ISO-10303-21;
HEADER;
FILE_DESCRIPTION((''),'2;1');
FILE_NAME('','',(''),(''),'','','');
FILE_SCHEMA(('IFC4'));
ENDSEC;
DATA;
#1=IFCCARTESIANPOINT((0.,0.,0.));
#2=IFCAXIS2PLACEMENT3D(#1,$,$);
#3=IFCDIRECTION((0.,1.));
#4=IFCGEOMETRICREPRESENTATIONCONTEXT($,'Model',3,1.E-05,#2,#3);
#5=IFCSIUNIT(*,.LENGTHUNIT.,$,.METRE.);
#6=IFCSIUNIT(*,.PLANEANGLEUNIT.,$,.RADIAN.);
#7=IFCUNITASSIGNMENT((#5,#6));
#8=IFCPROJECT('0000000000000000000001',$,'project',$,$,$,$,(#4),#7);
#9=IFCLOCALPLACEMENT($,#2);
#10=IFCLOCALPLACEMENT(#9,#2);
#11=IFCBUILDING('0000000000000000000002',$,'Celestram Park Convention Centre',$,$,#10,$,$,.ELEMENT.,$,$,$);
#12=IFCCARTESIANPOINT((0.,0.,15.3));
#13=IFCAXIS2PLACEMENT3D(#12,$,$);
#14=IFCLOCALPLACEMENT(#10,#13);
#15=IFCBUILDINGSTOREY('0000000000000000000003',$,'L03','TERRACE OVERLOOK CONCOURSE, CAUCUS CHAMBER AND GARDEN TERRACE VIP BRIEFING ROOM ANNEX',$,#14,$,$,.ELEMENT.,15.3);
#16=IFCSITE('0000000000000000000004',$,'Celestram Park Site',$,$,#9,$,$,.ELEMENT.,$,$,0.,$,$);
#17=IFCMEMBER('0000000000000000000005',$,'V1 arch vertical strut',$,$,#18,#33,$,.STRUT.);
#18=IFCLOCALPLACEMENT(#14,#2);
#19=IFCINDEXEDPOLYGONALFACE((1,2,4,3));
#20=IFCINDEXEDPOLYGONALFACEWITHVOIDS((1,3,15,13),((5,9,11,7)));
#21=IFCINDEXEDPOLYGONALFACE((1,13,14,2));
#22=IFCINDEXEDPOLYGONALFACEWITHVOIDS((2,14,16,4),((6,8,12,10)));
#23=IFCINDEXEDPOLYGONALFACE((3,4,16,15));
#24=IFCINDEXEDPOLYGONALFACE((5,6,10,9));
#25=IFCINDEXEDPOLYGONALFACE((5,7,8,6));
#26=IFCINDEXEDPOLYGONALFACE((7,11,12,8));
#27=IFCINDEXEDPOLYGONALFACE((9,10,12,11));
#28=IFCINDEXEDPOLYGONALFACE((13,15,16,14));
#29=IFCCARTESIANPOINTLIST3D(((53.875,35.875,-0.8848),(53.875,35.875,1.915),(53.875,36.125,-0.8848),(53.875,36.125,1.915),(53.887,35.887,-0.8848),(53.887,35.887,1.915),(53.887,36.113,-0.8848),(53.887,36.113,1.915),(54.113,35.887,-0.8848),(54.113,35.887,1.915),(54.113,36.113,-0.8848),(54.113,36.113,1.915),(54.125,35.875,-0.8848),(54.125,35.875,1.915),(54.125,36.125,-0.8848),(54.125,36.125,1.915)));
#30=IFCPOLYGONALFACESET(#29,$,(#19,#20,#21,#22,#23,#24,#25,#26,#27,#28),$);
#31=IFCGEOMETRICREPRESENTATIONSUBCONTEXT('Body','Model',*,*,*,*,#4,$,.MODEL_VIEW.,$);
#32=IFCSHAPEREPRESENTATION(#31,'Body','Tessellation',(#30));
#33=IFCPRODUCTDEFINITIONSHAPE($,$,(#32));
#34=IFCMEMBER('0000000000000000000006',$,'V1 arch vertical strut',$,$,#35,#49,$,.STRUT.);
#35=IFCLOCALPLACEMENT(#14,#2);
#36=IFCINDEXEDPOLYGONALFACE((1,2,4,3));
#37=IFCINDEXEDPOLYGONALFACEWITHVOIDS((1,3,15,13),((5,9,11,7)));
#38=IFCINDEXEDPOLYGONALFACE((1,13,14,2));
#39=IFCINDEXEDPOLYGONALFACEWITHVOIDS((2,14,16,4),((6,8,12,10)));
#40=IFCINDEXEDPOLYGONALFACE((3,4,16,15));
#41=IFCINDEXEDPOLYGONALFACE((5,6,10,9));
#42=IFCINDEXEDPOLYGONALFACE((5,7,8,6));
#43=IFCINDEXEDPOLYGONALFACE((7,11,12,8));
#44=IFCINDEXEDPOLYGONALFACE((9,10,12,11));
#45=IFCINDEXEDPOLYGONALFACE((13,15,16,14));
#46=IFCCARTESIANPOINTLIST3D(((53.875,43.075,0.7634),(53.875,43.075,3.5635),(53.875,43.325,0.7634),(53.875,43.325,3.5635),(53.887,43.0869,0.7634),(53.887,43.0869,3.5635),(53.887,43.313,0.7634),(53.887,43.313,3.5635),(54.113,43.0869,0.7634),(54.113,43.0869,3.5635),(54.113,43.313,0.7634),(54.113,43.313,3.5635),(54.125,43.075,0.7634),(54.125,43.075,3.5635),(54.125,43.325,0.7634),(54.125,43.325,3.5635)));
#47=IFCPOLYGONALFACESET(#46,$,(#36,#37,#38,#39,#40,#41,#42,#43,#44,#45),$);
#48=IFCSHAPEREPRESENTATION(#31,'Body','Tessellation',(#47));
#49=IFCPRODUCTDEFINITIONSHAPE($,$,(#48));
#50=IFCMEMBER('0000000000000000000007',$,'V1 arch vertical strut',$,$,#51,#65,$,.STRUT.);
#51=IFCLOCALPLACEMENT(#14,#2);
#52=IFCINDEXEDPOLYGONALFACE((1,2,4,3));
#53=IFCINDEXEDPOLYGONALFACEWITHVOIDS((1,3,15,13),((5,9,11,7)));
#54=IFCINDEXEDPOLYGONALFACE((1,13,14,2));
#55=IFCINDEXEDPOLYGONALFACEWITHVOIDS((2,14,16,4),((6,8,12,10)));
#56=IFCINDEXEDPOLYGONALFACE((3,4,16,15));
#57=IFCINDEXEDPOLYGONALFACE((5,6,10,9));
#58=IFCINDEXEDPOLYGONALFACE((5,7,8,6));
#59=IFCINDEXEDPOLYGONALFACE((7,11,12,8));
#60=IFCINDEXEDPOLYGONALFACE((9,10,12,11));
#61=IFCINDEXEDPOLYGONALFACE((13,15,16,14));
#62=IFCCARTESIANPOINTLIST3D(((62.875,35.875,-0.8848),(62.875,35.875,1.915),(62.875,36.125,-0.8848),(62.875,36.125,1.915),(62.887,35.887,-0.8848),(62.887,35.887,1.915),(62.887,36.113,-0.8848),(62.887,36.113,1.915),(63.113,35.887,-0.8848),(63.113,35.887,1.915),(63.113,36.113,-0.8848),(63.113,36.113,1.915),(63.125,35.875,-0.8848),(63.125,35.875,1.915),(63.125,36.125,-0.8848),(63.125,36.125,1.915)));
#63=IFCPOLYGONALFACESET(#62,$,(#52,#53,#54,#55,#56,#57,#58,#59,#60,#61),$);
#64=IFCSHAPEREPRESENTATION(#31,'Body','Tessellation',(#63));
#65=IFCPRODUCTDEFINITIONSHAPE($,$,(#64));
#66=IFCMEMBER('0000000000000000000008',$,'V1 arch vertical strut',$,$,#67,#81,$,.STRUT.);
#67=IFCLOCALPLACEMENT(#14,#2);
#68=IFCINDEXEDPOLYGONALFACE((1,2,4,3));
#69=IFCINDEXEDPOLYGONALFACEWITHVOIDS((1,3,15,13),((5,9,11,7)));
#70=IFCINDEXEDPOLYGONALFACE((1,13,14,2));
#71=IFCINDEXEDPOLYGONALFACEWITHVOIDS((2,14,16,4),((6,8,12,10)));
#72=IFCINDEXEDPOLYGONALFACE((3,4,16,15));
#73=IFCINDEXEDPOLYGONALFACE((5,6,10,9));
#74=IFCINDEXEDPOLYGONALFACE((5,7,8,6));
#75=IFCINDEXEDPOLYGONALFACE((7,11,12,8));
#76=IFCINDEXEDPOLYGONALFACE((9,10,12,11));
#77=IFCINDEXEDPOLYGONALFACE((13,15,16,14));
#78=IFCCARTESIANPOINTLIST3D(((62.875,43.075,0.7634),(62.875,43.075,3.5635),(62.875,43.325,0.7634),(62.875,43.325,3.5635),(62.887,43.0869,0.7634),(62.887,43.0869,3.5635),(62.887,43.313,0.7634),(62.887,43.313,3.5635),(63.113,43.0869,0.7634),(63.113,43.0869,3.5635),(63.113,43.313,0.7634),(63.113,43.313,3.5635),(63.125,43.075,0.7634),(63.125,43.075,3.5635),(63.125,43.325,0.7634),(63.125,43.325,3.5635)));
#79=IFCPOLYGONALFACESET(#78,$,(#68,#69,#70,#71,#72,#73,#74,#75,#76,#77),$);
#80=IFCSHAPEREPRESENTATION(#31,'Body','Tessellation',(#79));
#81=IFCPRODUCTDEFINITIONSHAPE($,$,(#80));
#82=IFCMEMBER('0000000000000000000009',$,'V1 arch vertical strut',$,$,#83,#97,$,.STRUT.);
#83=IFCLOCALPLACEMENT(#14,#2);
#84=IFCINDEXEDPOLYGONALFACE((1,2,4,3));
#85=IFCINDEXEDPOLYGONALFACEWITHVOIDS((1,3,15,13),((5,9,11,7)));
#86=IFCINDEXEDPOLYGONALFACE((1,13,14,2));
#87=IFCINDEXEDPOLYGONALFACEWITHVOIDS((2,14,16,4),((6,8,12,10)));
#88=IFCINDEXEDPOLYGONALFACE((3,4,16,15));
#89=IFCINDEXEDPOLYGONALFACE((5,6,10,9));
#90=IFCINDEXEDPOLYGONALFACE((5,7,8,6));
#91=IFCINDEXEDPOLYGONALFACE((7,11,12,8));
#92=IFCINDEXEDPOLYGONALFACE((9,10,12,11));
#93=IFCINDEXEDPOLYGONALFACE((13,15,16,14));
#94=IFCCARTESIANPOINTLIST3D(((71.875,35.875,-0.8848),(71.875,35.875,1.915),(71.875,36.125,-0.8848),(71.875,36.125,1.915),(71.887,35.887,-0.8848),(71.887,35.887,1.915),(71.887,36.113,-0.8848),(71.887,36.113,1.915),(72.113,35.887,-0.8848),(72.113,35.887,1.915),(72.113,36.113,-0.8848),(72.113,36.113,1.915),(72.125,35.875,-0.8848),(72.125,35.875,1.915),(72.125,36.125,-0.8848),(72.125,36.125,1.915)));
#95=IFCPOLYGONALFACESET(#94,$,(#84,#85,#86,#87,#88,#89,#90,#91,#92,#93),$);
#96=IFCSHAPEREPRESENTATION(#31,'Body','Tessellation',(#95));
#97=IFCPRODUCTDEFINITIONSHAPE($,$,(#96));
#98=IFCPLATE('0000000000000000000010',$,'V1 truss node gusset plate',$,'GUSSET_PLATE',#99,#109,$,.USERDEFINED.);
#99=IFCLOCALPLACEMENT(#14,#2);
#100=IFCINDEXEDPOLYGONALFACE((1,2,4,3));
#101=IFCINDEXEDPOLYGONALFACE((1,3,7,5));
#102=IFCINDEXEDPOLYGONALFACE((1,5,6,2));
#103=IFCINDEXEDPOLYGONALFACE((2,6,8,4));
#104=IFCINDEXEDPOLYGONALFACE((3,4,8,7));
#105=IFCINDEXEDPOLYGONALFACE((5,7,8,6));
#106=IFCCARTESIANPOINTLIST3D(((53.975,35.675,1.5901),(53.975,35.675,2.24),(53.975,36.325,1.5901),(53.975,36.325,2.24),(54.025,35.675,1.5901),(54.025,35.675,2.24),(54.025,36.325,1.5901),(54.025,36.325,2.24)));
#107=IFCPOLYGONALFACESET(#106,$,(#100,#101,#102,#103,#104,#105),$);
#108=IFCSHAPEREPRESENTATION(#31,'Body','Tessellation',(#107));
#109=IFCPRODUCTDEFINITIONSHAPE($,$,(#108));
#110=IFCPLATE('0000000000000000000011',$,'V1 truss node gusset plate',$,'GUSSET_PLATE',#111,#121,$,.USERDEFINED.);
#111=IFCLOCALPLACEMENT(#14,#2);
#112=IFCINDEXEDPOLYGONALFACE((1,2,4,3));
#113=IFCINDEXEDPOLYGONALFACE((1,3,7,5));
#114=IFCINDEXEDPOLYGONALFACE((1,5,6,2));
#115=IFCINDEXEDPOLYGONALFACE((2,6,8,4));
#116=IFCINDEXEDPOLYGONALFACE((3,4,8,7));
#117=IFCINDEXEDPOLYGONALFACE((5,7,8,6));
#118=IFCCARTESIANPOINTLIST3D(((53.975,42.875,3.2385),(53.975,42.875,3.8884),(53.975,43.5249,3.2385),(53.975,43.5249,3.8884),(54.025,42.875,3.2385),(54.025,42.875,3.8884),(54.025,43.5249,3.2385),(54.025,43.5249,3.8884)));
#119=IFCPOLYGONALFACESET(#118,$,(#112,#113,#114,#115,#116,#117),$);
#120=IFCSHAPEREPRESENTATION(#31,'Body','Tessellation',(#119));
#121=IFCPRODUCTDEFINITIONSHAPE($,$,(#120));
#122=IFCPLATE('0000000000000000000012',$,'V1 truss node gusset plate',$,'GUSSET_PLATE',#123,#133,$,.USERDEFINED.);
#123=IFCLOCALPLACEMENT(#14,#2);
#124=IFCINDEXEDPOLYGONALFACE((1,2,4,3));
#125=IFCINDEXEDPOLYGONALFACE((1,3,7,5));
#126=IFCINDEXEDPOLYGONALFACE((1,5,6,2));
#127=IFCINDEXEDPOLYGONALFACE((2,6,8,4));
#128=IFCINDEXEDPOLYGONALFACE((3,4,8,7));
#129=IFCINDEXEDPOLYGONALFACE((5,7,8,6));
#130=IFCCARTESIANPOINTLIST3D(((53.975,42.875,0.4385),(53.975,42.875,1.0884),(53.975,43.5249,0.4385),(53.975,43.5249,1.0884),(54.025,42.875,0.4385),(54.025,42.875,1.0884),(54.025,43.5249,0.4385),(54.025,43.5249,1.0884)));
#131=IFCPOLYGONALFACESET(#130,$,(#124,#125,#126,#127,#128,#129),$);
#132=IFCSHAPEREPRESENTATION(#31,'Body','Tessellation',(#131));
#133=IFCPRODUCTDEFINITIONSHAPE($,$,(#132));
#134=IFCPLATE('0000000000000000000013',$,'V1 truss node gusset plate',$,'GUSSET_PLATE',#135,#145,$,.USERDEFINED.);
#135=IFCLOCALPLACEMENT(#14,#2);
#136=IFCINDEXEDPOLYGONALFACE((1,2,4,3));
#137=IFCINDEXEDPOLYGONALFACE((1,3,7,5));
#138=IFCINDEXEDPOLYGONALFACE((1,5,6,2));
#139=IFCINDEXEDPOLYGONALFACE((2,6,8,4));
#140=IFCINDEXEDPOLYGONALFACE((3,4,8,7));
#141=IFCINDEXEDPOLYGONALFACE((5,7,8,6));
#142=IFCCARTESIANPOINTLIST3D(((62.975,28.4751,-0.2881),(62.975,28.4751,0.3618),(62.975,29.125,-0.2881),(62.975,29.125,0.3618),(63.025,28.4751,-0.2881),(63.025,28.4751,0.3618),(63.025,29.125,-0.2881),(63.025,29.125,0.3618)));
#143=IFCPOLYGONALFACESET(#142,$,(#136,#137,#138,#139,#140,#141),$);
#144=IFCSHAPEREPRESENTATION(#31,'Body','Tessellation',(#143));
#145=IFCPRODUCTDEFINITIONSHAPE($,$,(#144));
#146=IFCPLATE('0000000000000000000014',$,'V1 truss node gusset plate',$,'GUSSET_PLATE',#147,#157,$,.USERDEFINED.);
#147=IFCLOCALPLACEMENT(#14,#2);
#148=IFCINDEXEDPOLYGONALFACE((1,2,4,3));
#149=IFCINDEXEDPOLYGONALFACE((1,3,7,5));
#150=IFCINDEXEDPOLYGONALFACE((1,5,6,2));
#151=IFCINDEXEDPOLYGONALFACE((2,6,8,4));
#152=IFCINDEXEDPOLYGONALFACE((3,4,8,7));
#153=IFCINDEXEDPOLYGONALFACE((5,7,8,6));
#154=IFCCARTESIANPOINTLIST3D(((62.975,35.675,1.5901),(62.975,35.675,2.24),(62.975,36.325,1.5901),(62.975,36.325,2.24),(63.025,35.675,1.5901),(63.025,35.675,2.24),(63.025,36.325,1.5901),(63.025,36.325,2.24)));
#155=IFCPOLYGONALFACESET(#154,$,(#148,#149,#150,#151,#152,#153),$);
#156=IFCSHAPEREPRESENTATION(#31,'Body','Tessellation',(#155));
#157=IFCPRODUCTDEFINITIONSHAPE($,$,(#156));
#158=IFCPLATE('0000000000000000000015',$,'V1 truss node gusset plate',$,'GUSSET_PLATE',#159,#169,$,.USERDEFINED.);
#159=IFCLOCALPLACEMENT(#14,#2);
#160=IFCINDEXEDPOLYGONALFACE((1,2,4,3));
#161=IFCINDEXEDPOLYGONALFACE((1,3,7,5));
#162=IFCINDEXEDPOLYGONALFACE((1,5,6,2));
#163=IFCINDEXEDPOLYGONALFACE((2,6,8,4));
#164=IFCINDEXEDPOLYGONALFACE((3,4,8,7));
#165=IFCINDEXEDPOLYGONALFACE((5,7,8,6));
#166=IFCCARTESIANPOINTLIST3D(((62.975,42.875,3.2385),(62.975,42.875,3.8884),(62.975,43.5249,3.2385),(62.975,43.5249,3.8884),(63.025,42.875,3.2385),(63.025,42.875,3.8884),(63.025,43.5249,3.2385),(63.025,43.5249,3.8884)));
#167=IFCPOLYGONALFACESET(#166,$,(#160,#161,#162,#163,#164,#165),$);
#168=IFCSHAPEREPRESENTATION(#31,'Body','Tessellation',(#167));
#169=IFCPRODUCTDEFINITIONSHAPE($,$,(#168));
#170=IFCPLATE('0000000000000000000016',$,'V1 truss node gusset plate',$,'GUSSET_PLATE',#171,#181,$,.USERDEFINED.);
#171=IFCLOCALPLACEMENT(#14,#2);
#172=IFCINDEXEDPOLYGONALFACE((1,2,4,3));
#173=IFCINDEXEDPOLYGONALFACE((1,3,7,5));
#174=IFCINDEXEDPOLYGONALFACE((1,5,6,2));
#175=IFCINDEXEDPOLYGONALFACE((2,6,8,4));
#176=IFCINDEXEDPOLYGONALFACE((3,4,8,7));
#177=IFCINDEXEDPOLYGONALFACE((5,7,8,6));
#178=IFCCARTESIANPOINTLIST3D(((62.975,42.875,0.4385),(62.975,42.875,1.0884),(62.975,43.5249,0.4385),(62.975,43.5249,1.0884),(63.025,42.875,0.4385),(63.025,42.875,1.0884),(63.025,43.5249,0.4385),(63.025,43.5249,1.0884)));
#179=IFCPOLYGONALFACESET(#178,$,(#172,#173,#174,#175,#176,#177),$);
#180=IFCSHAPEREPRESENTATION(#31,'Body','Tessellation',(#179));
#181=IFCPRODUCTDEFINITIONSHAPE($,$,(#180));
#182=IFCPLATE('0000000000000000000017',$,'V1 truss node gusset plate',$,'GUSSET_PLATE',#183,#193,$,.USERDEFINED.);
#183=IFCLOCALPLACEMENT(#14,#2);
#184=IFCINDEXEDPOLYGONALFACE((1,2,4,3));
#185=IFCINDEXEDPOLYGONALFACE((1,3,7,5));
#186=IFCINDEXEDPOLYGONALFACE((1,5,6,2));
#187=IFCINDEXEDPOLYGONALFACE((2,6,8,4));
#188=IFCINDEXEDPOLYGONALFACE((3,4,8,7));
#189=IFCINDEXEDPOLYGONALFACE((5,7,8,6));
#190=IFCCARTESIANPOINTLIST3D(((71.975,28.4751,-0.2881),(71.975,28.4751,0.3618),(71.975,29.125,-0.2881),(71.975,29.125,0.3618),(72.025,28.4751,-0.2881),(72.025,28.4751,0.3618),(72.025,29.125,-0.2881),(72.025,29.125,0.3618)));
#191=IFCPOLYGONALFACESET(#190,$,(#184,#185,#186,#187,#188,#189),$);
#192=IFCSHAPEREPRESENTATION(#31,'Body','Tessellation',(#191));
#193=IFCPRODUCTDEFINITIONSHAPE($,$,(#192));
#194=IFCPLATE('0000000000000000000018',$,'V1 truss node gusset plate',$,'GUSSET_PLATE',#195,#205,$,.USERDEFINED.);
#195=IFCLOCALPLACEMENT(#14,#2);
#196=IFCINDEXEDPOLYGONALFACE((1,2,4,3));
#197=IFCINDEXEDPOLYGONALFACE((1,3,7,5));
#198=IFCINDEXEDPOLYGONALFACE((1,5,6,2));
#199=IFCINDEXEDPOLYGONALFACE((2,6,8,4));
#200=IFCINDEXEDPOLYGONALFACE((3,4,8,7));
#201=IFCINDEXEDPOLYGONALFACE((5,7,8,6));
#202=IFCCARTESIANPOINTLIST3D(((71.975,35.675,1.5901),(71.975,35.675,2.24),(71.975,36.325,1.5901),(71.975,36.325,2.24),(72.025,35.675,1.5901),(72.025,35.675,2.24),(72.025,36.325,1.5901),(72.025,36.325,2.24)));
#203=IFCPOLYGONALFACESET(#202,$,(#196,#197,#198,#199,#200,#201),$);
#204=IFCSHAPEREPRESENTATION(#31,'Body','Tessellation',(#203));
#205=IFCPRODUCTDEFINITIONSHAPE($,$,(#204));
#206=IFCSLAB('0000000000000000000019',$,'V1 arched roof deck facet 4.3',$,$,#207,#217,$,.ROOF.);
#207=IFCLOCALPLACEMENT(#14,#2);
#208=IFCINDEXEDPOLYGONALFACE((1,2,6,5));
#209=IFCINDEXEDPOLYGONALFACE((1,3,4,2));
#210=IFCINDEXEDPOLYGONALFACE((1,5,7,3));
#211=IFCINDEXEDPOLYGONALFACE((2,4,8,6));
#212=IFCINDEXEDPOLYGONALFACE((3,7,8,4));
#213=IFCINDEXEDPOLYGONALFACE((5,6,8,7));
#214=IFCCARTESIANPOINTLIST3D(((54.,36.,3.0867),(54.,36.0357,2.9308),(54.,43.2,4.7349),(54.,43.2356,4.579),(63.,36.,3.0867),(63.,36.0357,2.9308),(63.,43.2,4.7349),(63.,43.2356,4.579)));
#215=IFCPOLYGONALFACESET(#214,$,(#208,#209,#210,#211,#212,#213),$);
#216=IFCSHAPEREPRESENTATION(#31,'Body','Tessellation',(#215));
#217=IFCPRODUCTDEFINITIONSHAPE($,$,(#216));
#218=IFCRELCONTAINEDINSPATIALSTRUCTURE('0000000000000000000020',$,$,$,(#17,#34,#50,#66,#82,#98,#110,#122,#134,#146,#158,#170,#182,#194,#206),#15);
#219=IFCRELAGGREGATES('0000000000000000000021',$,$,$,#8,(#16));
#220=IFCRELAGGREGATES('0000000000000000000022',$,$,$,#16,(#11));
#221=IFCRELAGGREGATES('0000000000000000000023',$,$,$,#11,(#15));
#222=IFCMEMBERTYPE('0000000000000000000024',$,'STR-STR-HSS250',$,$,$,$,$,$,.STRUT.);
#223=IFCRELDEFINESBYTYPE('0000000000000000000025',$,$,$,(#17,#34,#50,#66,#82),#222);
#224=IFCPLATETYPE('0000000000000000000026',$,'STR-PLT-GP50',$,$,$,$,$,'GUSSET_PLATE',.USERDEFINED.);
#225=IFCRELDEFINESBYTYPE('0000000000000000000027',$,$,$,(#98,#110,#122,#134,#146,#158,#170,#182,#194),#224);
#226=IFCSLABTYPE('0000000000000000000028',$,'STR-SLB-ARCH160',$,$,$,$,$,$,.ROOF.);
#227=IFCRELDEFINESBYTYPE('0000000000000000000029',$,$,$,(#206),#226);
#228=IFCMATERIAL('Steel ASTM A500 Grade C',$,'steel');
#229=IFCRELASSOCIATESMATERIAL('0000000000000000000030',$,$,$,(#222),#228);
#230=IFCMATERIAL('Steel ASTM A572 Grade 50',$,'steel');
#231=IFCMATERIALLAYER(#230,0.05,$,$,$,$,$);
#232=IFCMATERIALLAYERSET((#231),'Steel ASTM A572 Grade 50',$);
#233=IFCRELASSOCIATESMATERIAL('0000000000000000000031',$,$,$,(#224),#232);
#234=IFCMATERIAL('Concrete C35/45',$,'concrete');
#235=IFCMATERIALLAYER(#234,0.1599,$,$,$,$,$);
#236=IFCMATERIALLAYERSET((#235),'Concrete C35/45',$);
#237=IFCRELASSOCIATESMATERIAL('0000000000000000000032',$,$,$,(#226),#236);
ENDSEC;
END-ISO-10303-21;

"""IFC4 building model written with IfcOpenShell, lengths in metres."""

from ifc_helpers import new_model, si_unit, direction, frame, origin, origin_2d, place, context, subcontext, project, spatial, polyline, rectangle, hollow_rectangle, outline, extrude, material, layer, layer_set, material_profile, profile_set, type_object, element, save


model = new_model("IFC4")

# Units and contexts
model_context = context("Model", 3, precision=1e-05, world=origin(), true_north=direction((0.0, 1.0)))
body_context = subcontext(model_context, "Body", "Model", "MODEL_VIEW")
ifc_project = project(units=[si_unit("LENGTHUNIT", "METRE"), si_unit("PLANEANGLEUNIT", "RADIAN")], contexts=[model_context])

# Site, building, storey
site_placement = place(None, origin())
site = spatial("IfcSite", under=ifc_project, at=site_placement, Name="Celestram Park Site", CompositionType="ELEMENT", RefElevation=0.0)
building_placement = place(site_placement, origin())
building = spatial("IfcBuilding", under=site, at=building_placement, Name="Celestram Park Convention Centre", CompositionType="ELEMENT")
storey_placement = place(building_placement, frame((0.0, 0.0, 15.3)))
storey = spatial("IfcBuildingStorey", under=building, at=storey_placement, Name="L03", Description="TERRACE OVERLOOK CONCOURSE, CAUCUS CHAMBER AND GARDEN TERRACE VIP BRIEFING ROOM ANNEX", CompositionType="ELEMENT", Elevation=15.3)

# Members
ifc_material_1 = material(Name="Steel ASTM A500 Grade C", Category="steel")
ifc_material_profile_1 = material_profile(ifc_material_1, hollow_rectangle(XDim=0.25, YDim=0.25, WallThickness=0.012, at=origin_2d()), Name="HSS250X250X12")
ifc_profile_set_1 = profile_set([ifc_material_profile_1], Name="Steel ASTM A500 Grade C")
member_type_1 = type_object("IfcMemberType", Name="STR-STR-HSS250", PredefinedType="STRUT", material=ifc_profile_set_1)
member_1_placement = place(storey_placement, frame((54.0, 36.0, -0.8848), z_axis=(0.0, 0.0, 1.0), x_axis=(1.0, 0.0, 0.0)))
element("IfcMember", 1, at=member_1_placement, inside=storey, type_object=member_type_1, Name="V1 arch vertical strut", PredefinedType="STRUT", context=body_context, shape_type="SweptSolid", body=[
    extrude(hollow_rectangle(XDim=0.25, YDim=0.25, WallThickness=0.012, at=origin_2d()), origin(), (0.0, 0.0, 1.0), 2.7998),
])
member_2_placement = place(storey_placement, frame((54.0, 43.2, 0.7634), z_axis=(0.0, 0.0, 1.0), x_axis=(1.0, 0.0, 0.0)))
element("IfcMember", 2, at=member_2_placement, inside=storey, type_object=member_type_1, Name="V1 arch vertical strut", PredefinedType="STRUT", context=body_context, shape_type="SweptSolid", body=[
    extrude(hollow_rectangle(XDim=0.25, YDim=0.25, WallThickness=0.012, at=origin_2d()), origin(), (0.0, 0.0, 1.0), 2.8),
])
member_3_placement = place(storey_placement, frame((63.0, 36.0, -0.8848), z_axis=(0.0, 0.0, 1.0), x_axis=(1.0, 0.0, 0.0)))
element("IfcMember", 3, at=member_3_placement, inside=storey, type_object=member_type_1, Name="V1 arch vertical strut", PredefinedType="STRUT", context=body_context, shape_type="SweptSolid", body=[
    extrude(hollow_rectangle(XDim=0.25, YDim=0.25, WallThickness=0.012, at=origin_2d()), origin(), (0.0, 0.0, 1.0), 2.7998),
])
member_4_placement = place(storey_placement, frame((63.0, 43.2, 0.7634), z_axis=(0.0, 0.0, 1.0), x_axis=(1.0, 0.0, 0.0)))
element("IfcMember", 4, at=member_4_placement, inside=storey, type_object=member_type_1, Name="V1 arch vertical strut", PredefinedType="STRUT", context=body_context, shape_type="SweptSolid", body=[
    extrude(hollow_rectangle(XDim=0.25, YDim=0.25, WallThickness=0.012, at=origin_2d()), origin(), (0.0, 0.0, 1.0), 2.8),
])
member_5_placement = place(storey_placement, frame((72.0, 36.0, -0.8848), z_axis=(0.0, 0.0, 1.0), x_axis=(1.0, 0.0, 0.0)))
element("IfcMember", 5, at=member_5_placement, inside=storey, type_object=member_type_1, Name="V1 arch vertical strut", PredefinedType="STRUT", context=body_context, shape_type="SweptSolid", body=[
    extrude(hollow_rectangle(XDim=0.25, YDim=0.25, WallThickness=0.012, at=origin_2d()), origin(), (0.0, 0.0, 1.0), 2.7998),
])

# Plates
ifc_material_2 = material(Name="Steel ASTM A572 Grade 50", Category="steel")
ifc_layer_1 = layer(ifc_material_2, 0.05)
ifc_layer_set_1 = layer_set([ifc_layer_1], Name="Steel ASTM A572 Grade 50")
plate_type = type_object("IfcPlateType", Name="STR-PLT-GP50", ElementType="GUSSET_PLATE", PredefinedType="USERDEFINED", material=ifc_layer_set_1)
for number, where, z_axis, x_axis, name in (
    (6, (54.0, 36.0, 1.5901), (0.0, 0.0, 1.0), (0.0, 1.0, 0.0), "V1 truss node gusset plate"),
    (7, (54.0, 43.2, 3.2385), (0.0, 0.0, 1.0), (0.0, 1.0, 0.0), "V1 truss node gusset plate"),
    (8, (54.0, 43.2, 0.4385), (0.0, 0.0, 1.0), (0.0, 1.0, 0.0), "V1 truss node gusset plate"),
    (9, (63.0, 28.8, -0.2881), (0.0, 0.0, 1.0), (0.0, 1.0, 0.0), "V1 truss node gusset plate"),
    (10, (63.0, 36.0, 1.5901), (0.0, 0.0, 1.0), (0.0, 1.0, 0.0), "V1 truss node gusset plate"),
    (11, (63.0, 43.2, 3.2385), (0.0, 0.0, 1.0), (0.0, 1.0, 0.0), "V1 truss node gusset plate"),
    (12, (63.0, 43.2, 0.4385), (0.0, 0.0, 1.0), (0.0, 1.0, 0.0), "V1 truss node gusset plate"),
    (13, (72.0, 28.8, -0.2881), (0.0, 0.0, 1.0), (0.0, 1.0, 0.0), "V1 truss node gusset plate"),
    (14, (72.0, 36.0, 1.5901), (0.0, 0.0, 1.0), (0.0, 1.0, 0.0), "V1 truss node gusset plate"),
):
    element("IfcPlate", number, at=place(storey_placement, frame(where, z_axis=z_axis, x_axis=x_axis)), inside=storey, type_object=plate_type, Name=name, ObjectType="GUSSET_PLATE", PredefinedType="USERDEFINED", context=body_context, shape_type="SweptSolid", body=[
        extrude(rectangle(XDim=0.6499, YDim=0.05, at=origin_2d()), origin(), (0.0, 0.0, 1.0), 0.6499),
    ])

# Slab
ifc_material_3 = material(Name="Concrete C35/45", Category="concrete")
ifc_layer_2 = layer(ifc_material_3, 0.1599)
ifc_layer_set_2 = layer_set([ifc_layer_2], Name="Concrete C35/45")
slab_type = type_object("IfcSlabType", Name="STR-SLB-ARCH160", PredefinedType="ROOF", material=ifc_layer_set_2)
slab_1_placement = place(storey_placement, frame((54.0, 36.0, 3.0867), z_axis=(0.0, -0.223145, 0.974785), x_axis=(1.0, 0.0, 0.0)))
element("IfcSlab", 15, at=slab_1_placement, inside=storey, type_object=slab_type, Name="V1 arched roof deck facet 4.3", PredefinedType="ROOF", context=body_context, shape_type="SweptSolid", body=[
    extrude(outline(polyline([(0.0, 0.0), (9.0, 0.0), (9.0, 7.3862), (0.0, 7.3862), (0.0, 0.0)])), origin(), (0.0, 0.0, -1.0), 0.1599),
])

save(model, "model.ifc")
